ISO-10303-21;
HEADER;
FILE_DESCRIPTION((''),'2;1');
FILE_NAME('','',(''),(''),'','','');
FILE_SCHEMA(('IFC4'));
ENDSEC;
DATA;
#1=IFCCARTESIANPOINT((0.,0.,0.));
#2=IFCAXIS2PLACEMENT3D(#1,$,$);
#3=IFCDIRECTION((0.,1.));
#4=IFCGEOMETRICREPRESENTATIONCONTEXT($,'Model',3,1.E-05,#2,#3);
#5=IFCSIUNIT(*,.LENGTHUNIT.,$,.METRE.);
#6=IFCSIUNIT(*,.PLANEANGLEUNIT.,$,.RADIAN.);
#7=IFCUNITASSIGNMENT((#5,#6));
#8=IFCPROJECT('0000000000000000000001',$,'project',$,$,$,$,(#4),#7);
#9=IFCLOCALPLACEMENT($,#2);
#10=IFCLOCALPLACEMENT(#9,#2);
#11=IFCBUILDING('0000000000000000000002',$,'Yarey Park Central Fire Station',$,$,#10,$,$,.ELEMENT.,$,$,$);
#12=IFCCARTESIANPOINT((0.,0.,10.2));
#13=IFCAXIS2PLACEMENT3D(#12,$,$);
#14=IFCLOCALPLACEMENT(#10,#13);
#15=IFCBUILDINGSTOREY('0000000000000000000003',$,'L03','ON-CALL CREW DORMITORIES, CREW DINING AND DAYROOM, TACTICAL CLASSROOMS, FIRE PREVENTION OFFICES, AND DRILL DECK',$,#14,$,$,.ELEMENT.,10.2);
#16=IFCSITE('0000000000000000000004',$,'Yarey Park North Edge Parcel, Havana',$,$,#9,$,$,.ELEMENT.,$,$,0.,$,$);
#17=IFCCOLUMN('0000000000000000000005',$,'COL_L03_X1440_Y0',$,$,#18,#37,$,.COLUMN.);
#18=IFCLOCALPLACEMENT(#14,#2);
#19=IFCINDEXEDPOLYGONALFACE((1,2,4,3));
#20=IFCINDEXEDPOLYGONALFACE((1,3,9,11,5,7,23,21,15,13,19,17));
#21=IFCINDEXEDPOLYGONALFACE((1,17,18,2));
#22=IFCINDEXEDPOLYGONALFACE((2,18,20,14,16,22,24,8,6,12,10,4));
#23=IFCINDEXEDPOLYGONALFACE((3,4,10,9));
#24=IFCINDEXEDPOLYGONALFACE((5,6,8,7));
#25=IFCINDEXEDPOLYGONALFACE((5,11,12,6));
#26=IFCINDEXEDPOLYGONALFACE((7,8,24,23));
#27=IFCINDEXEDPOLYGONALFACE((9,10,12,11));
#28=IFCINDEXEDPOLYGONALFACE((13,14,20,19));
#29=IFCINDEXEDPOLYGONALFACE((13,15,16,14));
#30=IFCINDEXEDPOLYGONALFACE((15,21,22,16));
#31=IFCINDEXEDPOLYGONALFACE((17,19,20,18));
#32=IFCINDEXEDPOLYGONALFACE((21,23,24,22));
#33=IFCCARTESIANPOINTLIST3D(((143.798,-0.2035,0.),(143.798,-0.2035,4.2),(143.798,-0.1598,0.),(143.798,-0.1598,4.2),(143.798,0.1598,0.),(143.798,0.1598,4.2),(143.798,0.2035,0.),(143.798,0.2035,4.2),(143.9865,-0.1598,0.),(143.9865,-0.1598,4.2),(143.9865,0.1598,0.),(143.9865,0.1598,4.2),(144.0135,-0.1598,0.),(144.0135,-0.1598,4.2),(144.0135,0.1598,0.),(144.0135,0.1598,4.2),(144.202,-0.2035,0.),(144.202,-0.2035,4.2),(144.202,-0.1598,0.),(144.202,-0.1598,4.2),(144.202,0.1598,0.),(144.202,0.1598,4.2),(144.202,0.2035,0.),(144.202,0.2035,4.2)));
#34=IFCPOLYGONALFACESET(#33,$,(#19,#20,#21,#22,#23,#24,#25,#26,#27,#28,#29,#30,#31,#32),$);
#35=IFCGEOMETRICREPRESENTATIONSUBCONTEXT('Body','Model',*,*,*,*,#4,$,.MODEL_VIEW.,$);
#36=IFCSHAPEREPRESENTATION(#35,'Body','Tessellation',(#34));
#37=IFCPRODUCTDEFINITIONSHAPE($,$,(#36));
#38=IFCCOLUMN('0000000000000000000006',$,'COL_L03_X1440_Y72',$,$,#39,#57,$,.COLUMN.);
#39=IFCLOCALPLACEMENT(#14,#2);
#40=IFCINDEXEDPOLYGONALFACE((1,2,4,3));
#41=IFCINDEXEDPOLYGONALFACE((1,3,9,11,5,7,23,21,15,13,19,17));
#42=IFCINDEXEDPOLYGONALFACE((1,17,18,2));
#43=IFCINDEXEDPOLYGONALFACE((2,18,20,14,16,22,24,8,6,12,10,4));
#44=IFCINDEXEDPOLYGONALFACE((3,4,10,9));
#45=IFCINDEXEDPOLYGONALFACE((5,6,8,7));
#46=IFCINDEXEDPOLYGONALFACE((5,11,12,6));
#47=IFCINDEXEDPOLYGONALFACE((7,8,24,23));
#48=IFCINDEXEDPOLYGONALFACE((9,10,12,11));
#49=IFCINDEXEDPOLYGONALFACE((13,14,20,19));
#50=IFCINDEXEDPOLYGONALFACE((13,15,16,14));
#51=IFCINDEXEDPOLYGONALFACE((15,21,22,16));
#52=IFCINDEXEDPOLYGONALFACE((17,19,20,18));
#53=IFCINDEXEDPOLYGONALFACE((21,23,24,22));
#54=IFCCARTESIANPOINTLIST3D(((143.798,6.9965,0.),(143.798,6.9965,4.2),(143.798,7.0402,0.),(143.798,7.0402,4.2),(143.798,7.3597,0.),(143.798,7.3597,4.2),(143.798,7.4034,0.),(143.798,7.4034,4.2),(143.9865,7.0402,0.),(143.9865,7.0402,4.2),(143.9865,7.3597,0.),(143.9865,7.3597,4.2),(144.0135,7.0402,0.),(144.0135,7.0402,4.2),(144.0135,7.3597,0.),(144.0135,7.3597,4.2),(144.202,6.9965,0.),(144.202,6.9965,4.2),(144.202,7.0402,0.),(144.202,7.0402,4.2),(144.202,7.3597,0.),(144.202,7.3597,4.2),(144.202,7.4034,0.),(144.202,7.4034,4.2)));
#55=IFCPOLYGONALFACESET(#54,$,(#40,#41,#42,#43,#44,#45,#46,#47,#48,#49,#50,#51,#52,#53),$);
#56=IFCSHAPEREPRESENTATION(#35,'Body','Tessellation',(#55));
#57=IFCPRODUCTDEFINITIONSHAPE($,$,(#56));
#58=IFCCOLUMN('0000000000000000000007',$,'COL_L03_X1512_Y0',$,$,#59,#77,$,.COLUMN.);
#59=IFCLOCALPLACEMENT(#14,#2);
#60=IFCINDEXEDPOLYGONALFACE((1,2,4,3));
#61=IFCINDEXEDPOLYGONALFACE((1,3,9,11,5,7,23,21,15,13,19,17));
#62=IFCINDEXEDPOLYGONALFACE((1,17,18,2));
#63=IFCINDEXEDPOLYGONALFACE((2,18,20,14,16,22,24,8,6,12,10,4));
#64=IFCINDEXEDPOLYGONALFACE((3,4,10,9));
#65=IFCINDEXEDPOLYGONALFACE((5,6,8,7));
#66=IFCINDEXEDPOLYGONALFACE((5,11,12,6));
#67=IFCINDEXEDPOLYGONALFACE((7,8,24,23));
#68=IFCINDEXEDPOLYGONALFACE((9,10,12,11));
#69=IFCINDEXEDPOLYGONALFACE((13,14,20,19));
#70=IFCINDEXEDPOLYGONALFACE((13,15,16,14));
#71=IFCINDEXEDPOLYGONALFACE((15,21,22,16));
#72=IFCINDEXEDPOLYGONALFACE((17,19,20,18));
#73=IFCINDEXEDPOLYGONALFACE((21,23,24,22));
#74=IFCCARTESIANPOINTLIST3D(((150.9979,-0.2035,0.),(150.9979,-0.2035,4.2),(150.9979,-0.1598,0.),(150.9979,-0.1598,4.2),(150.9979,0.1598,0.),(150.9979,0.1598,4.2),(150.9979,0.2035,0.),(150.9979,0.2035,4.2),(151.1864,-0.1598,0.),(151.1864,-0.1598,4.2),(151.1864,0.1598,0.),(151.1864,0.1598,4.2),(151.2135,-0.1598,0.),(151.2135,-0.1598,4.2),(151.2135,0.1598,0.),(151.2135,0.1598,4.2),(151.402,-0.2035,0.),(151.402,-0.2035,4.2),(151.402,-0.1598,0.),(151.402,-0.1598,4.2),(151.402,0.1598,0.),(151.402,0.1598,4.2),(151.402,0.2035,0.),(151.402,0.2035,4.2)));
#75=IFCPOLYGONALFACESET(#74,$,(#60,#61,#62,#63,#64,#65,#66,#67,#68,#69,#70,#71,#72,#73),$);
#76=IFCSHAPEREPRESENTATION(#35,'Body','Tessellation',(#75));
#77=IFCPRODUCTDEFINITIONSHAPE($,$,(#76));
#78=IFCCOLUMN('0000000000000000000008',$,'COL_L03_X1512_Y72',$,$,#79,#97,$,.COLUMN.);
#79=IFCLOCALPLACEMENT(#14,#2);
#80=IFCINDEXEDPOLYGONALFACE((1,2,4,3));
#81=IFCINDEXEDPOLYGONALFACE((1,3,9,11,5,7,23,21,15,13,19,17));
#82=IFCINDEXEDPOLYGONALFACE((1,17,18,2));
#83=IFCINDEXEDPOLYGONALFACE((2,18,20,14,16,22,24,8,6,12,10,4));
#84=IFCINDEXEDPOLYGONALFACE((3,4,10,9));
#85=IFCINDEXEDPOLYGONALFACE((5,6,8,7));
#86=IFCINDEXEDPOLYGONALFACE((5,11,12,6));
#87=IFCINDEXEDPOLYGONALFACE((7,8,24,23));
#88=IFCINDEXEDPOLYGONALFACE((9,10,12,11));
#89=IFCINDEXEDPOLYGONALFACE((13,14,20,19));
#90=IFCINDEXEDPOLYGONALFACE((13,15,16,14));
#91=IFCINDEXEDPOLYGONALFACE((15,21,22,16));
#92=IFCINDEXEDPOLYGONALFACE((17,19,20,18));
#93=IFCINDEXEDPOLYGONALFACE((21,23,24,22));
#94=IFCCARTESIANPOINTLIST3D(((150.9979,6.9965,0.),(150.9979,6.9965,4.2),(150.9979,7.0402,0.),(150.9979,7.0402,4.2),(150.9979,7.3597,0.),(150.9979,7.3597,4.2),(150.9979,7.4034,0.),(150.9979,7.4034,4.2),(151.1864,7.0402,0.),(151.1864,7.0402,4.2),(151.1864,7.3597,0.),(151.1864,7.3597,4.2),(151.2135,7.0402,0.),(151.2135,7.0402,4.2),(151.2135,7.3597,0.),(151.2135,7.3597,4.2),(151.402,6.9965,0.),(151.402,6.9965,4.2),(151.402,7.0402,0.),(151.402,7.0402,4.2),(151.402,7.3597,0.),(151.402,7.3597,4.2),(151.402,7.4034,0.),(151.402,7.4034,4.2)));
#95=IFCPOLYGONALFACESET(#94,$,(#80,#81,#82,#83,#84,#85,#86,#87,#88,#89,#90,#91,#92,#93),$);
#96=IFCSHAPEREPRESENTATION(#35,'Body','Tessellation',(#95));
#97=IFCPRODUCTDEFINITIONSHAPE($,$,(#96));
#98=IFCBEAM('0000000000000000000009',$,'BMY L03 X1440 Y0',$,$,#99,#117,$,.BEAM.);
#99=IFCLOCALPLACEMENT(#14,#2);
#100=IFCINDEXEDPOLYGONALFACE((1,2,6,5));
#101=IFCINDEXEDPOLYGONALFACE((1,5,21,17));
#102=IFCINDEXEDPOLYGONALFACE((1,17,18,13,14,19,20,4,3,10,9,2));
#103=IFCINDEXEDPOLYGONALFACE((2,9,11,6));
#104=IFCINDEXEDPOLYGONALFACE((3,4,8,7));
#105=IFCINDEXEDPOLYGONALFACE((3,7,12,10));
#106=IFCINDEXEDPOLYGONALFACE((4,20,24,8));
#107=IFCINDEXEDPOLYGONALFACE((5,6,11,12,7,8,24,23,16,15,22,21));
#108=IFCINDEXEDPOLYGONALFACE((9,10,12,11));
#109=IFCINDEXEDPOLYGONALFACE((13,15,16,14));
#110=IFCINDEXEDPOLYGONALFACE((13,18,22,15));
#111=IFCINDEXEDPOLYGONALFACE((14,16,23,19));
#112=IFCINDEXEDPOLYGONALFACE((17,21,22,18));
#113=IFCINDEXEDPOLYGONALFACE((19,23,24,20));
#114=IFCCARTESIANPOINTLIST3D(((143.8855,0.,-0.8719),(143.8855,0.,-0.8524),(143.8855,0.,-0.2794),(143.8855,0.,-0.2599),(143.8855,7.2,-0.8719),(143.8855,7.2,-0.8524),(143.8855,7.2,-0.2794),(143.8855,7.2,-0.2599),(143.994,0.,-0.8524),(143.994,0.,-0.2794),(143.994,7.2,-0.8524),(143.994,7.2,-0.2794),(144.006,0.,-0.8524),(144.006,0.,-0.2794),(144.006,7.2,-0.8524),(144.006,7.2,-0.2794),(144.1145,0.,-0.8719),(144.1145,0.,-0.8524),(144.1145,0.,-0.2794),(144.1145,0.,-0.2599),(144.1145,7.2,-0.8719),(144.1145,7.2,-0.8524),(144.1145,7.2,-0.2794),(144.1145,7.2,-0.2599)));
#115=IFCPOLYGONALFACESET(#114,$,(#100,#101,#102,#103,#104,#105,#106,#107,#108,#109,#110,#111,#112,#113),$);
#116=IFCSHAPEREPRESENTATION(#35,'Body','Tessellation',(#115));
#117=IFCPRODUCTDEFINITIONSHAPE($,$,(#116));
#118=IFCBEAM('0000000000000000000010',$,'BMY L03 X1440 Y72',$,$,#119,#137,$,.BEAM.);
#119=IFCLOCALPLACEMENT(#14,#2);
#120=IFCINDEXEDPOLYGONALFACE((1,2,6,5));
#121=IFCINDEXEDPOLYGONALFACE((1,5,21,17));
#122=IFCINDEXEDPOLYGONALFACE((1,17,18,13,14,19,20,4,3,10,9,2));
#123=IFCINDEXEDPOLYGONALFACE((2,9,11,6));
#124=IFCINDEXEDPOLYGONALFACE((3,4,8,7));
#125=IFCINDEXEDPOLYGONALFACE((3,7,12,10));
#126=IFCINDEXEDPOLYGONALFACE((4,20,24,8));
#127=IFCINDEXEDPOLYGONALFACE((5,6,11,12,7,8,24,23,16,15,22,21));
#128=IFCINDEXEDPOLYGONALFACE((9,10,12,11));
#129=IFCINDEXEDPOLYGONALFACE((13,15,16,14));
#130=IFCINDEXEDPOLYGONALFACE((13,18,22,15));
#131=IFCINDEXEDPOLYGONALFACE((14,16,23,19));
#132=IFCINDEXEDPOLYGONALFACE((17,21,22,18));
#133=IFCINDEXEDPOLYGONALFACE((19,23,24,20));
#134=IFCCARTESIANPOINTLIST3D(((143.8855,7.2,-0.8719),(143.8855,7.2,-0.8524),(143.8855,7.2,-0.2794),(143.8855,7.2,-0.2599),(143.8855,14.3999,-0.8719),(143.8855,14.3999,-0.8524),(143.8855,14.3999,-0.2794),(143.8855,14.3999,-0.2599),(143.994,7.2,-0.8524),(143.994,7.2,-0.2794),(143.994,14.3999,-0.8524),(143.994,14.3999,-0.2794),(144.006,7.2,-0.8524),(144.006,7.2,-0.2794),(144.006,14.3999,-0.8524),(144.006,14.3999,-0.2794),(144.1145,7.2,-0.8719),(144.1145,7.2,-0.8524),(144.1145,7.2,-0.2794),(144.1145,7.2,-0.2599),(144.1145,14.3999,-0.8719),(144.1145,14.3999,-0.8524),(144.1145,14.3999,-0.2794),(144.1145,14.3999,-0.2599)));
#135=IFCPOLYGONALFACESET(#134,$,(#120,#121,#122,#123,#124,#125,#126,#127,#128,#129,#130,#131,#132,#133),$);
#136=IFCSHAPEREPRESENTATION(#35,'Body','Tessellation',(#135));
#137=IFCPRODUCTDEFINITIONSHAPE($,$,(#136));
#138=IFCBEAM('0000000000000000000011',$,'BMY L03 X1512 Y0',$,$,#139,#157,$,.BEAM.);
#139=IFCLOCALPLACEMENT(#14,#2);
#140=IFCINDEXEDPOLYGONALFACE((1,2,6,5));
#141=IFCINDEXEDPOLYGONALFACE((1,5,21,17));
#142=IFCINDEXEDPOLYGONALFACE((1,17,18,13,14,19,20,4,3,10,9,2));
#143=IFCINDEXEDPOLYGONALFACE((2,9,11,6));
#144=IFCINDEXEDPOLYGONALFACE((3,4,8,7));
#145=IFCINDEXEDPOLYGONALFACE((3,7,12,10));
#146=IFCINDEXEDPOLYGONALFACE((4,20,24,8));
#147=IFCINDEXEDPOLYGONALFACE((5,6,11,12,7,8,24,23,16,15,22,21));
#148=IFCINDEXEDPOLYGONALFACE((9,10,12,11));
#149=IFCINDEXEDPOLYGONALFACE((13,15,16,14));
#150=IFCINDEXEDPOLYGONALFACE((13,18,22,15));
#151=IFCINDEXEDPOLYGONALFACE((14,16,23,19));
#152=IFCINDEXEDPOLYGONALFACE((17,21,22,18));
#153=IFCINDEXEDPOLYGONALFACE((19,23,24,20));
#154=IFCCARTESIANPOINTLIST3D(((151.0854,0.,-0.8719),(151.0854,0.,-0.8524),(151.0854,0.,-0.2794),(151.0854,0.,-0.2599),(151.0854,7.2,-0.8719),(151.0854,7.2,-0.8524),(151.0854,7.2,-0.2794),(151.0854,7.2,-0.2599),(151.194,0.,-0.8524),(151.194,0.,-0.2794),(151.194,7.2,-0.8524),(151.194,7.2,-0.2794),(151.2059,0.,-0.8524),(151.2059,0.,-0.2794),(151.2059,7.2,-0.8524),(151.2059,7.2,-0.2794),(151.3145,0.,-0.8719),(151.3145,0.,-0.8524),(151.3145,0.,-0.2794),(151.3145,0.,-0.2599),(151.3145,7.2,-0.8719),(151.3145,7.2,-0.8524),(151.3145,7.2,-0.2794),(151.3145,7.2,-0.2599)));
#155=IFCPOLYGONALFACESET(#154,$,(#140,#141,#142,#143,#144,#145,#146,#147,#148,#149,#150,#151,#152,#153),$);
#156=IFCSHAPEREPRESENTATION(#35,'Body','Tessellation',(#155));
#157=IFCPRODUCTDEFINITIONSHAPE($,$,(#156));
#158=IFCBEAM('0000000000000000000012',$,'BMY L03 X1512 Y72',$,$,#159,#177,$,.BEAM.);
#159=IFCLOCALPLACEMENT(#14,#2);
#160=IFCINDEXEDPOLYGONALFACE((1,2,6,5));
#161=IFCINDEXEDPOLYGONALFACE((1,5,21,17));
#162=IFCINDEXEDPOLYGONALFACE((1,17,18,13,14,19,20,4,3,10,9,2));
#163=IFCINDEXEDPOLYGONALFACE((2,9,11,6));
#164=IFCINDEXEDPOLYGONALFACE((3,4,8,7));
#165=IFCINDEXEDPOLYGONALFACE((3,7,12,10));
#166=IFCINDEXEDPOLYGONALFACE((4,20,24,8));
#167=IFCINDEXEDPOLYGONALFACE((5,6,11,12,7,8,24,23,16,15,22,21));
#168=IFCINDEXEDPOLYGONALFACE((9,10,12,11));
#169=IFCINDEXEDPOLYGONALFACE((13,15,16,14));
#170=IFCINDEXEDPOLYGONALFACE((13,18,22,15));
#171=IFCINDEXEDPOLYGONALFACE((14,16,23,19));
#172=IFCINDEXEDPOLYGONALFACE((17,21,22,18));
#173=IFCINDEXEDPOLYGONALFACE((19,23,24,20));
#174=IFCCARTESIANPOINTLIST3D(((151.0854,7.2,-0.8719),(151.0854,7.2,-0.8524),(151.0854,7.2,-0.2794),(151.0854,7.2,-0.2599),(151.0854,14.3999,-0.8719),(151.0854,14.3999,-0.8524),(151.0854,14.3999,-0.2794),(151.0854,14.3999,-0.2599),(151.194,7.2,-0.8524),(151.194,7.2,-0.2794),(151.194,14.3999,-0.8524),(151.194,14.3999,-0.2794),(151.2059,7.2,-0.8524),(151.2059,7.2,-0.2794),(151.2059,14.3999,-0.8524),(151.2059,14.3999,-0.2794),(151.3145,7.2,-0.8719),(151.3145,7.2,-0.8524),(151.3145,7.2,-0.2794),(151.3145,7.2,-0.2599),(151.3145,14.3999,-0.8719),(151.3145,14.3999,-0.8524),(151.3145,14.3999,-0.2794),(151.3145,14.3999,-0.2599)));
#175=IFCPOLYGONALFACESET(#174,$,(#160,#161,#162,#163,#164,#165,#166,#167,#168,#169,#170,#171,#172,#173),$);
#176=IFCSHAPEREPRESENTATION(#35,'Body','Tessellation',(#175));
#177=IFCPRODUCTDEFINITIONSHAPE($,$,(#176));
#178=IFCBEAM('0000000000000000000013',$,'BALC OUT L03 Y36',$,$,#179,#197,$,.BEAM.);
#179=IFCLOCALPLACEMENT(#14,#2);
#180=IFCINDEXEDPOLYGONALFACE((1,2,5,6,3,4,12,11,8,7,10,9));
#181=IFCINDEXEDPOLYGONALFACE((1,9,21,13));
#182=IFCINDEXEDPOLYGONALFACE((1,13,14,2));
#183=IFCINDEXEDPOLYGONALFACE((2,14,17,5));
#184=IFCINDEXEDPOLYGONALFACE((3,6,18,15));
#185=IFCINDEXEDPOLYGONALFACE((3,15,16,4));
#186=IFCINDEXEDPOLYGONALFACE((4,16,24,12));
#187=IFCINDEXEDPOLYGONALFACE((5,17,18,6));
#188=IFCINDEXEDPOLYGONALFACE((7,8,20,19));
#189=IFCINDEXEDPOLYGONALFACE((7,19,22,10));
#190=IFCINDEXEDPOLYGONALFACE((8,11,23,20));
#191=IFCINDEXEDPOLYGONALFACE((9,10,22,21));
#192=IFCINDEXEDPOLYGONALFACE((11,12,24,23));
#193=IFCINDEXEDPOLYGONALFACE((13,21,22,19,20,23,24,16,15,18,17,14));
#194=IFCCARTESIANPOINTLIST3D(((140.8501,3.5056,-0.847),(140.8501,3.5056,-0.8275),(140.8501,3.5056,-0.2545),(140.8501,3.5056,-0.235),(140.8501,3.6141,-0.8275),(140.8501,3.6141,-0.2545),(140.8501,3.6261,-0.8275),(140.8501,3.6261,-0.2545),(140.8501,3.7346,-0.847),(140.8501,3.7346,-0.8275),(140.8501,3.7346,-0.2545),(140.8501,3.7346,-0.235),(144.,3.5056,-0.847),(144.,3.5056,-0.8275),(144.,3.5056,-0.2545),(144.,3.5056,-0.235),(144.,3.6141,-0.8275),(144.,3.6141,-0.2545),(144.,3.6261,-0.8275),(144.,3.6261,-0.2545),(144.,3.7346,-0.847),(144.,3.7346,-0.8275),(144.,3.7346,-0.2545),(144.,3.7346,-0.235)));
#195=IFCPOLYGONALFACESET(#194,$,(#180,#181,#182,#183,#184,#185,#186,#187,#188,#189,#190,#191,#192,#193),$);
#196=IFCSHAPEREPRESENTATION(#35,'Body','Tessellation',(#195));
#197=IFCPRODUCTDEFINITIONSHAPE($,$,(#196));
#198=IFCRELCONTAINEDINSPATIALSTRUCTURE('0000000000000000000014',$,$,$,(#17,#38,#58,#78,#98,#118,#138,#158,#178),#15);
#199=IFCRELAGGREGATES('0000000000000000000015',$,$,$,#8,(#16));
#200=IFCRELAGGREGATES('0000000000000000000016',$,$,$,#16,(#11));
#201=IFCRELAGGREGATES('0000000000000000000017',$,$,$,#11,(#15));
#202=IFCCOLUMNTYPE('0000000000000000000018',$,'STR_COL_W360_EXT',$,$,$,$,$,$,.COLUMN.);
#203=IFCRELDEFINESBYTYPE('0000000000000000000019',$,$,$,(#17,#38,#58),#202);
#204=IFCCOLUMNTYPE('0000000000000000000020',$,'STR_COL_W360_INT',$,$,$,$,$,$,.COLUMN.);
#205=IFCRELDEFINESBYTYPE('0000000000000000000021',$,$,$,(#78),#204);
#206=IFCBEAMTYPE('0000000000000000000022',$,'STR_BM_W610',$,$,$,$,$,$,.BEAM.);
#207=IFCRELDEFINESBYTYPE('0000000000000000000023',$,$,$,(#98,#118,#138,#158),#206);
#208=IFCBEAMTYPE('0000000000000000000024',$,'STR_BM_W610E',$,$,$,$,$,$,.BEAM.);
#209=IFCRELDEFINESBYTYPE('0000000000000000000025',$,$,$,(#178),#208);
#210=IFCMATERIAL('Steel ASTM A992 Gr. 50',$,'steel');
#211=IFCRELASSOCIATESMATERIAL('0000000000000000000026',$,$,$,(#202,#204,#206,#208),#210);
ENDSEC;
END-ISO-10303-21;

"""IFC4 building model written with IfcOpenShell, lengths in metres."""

from ifc_helpers import new_model, si_unit, direction, frame, origin, origin_2d, place, context, subcontext, project, spatial, i_section, extrude, material, material_profile, profile_set, type_object, element, save


model = new_model("IFC4")

# Units and contexts
model_context = context("Model", 3, precision=1e-05, world=origin(), true_north=direction((0.0, 1.0)))
body_context = subcontext(model_context, "Body", "Model", "MODEL_VIEW")
ifc_project = project(units=[si_unit("LENGTHUNIT", "METRE"), si_unit("PLANEANGLEUNIT", "RADIAN")], contexts=[model_context])

# Site, building, storey
site_placement = place(None, origin())
site = spatial("IfcSite", under=ifc_project, at=site_placement, Name="Yarey Park North Edge Parcel, Havana", CompositionType="ELEMENT", RefElevation=0.0)
building_placement = place(site_placement, origin())
building = spatial("IfcBuilding", under=site, at=building_placement, Name="Yarey Park Central Fire Station", CompositionType="ELEMENT")
storey_placement = place(building_placement, frame((0.0, 0.0, 10.2)))
storey = spatial("IfcBuildingStorey", under=building, at=storey_placement, Name="L03", Description="ON-CALL CREW DORMITORIES, CREW DINING AND DAYROOM, TACTICAL CLASSROOMS, FIRE PREVENTION OFFICES, AND DRILL DECK", CompositionType="ELEMENT", Elevation=10.2)

# Columns
ifc_material_1 = material(Name="Steel ASTM A992 Gr. 50", Category="steel")
ifc_material_profile_1 = material_profile(ifc_material_1, i_section(OverallWidth=0.4041, OverallDepth=0.407, WebThickness=0.0271, FlangeThickness=0.0437, at=origin_2d()), Name="W360x347")
ifc_profile_set_1 = profile_set([ifc_material_profile_1], Name="Steel ASTM A992 Gr. 50")
column_type_1 = type_object("IfcColumnType", Name="STR_COL_W360_EXT", PredefinedType="COLUMN", material=ifc_profile_set_1)
for number, where, z_axis, x_axis, name in (
    (1, (144.0, 0.0, 0.0), (0.0, 0.0, 1.0), (1.0, 0.0, 0.0), "COL_L03_X1440_Y0"),
    (2, (144.0, 7.2, 0.0), (0.0, 0.0, 1.0), (1.0, 0.0, 0.0), "COL_L03_X1440_Y72"),
    (3, (151.2, 0.0, 0.0), (0.0, 0.0, 1.0), (1.0, 0.0, 0.0), "COL_L03_X1512_Y0"),
):
    element("IfcColumn", number, at=place(storey_placement, frame(where, z_axis=z_axis, x_axis=x_axis)), inside=storey, type_object=column_type_1, Name=name, PredefinedType="COLUMN", context=body_context, shape_type="SweptSolid", body=[
        extrude(i_section(OverallWidth=0.4041, OverallDepth=0.407, WebThickness=0.0271, FlangeThickness=0.0437, at=origin_2d()), origin(), (0.0, 0.0, 1.0), 4.2),
    ])
ifc_material_profile_2 = material_profile(ifc_material_1, i_section(OverallWidth=0.4041, OverallDepth=0.407, WebThickness=0.0271, FlangeThickness=0.0437, at=origin_2d()), Name="W360x347")
ifc_profile_set_2 = profile_set([ifc_material_profile_2], Name="Steel ASTM A992 Gr. 50")
column_type_2 = type_object("IfcColumnType", Name="STR_COL_W360_INT", PredefinedType="COLUMN", material=ifc_profile_set_2)
column_placement = place(storey_placement, frame((151.2, 7.2, 0.0), z_axis=(0.0, 0.0, 1.0), x_axis=(1.0, 0.0, 0.0)))
element("IfcColumn", 4, at=column_placement, inside=storey, type_object=column_type_2, Name="COL_L03_X1512_Y72", PredefinedType="COLUMN", context=body_context, shape_type="SweptSolid", body=[
    extrude(i_section(OverallWidth=0.4041, OverallDepth=0.407, WebThickness=0.0271, FlangeThickness=0.0437, at=origin_2d()), origin(), (0.0, 0.0, 1.0), 4.2),
])

# Beams
ifc_material_profile_3 = material_profile(ifc_material_1, i_section(OverallWidth=0.229, OverallDepth=0.6121, WebThickness=0.012, FlangeThickness=0.0195, at=origin_2d()), Name="W610x125")
ifc_profile_set_3 = profile_set([ifc_material_profile_3], Name="Steel ASTM A992 Gr. 50")
beam_type_1 = type_object("IfcBeamType", Name="STR_BM_W610", PredefinedType="BEAM", material=ifc_profile_set_3)
for number, where, z_axis, x_axis, name in (
    (5, (144.0, 0.0, -0.5659), (0.0, 1.0, 0.0), (-1.0, 0.0, 0.0), "BMY L03 X1440 Y0"),
    (6, (144.0, 7.2, -0.5659), (0.0, 1.0, 0.0), (-1.0, 0.0, 0.0), "BMY L03 X1440 Y72"),
    (7, (151.2, 0.0, -0.5659), (0.0, 1.0, 0.0), (-1.0, 0.0, 0.0), "BMY L03 X1512 Y0"),
    (8, (151.2, 7.2, -0.5659), (0.0, 1.0, 0.0), (-1.0, 0.0, 0.0), "BMY L03 X1512 Y72"),
):
    element("IfcBeam", number, at=place(storey_placement, frame(where, z_axis=z_axis, x_axis=x_axis)), inside=storey, type_object=beam_type_1, Name=name, PredefinedType="BEAM", context=body_context, shape_type="SweptSolid", body=[
        extrude(i_section(OverallWidth=0.229, OverallDepth=0.6121, WebThickness=0.012, FlangeThickness=0.0195, at=origin_2d()), origin(), (0.0, 0.0, 1.0), 7.2),
    ])
ifc_material_profile_4 = material_profile(ifc_material_1, i_section(OverallWidth=0.229, OverallDepth=0.6121, WebThickness=0.012, FlangeThickness=0.0195, at=origin_2d()), Name="W610x125")
ifc_profile_set_4 = profile_set([ifc_material_profile_4], Name="Steel ASTM A992 Gr. 50")
beam_type_2 = type_object("IfcBeamType", Name="STR_BM_W610E", PredefinedType="BEAM", material=ifc_profile_set_4)
beam_1_placement = place(storey_placement, frame((140.8501, 3.6201, -0.541), z_axis=(1.0, 0.0, 0.0), x_axis=(0.0, 1.0, 0.0)))
element("IfcBeam", 9, at=beam_1_placement, inside=storey, type_object=beam_type_2, Name="BALC OUT L03 Y36", PredefinedType="BEAM", context=body_context, shape_type="SweptSolid", body=[
    extrude(i_section(OverallWidth=0.229, OverallDepth=0.6121, WebThickness=0.012, FlangeThickness=0.0195, at=origin_2d()), origin(), (0.0, 0.0, 1.0), 3.1499),
])

save(model, "model.ifc")
